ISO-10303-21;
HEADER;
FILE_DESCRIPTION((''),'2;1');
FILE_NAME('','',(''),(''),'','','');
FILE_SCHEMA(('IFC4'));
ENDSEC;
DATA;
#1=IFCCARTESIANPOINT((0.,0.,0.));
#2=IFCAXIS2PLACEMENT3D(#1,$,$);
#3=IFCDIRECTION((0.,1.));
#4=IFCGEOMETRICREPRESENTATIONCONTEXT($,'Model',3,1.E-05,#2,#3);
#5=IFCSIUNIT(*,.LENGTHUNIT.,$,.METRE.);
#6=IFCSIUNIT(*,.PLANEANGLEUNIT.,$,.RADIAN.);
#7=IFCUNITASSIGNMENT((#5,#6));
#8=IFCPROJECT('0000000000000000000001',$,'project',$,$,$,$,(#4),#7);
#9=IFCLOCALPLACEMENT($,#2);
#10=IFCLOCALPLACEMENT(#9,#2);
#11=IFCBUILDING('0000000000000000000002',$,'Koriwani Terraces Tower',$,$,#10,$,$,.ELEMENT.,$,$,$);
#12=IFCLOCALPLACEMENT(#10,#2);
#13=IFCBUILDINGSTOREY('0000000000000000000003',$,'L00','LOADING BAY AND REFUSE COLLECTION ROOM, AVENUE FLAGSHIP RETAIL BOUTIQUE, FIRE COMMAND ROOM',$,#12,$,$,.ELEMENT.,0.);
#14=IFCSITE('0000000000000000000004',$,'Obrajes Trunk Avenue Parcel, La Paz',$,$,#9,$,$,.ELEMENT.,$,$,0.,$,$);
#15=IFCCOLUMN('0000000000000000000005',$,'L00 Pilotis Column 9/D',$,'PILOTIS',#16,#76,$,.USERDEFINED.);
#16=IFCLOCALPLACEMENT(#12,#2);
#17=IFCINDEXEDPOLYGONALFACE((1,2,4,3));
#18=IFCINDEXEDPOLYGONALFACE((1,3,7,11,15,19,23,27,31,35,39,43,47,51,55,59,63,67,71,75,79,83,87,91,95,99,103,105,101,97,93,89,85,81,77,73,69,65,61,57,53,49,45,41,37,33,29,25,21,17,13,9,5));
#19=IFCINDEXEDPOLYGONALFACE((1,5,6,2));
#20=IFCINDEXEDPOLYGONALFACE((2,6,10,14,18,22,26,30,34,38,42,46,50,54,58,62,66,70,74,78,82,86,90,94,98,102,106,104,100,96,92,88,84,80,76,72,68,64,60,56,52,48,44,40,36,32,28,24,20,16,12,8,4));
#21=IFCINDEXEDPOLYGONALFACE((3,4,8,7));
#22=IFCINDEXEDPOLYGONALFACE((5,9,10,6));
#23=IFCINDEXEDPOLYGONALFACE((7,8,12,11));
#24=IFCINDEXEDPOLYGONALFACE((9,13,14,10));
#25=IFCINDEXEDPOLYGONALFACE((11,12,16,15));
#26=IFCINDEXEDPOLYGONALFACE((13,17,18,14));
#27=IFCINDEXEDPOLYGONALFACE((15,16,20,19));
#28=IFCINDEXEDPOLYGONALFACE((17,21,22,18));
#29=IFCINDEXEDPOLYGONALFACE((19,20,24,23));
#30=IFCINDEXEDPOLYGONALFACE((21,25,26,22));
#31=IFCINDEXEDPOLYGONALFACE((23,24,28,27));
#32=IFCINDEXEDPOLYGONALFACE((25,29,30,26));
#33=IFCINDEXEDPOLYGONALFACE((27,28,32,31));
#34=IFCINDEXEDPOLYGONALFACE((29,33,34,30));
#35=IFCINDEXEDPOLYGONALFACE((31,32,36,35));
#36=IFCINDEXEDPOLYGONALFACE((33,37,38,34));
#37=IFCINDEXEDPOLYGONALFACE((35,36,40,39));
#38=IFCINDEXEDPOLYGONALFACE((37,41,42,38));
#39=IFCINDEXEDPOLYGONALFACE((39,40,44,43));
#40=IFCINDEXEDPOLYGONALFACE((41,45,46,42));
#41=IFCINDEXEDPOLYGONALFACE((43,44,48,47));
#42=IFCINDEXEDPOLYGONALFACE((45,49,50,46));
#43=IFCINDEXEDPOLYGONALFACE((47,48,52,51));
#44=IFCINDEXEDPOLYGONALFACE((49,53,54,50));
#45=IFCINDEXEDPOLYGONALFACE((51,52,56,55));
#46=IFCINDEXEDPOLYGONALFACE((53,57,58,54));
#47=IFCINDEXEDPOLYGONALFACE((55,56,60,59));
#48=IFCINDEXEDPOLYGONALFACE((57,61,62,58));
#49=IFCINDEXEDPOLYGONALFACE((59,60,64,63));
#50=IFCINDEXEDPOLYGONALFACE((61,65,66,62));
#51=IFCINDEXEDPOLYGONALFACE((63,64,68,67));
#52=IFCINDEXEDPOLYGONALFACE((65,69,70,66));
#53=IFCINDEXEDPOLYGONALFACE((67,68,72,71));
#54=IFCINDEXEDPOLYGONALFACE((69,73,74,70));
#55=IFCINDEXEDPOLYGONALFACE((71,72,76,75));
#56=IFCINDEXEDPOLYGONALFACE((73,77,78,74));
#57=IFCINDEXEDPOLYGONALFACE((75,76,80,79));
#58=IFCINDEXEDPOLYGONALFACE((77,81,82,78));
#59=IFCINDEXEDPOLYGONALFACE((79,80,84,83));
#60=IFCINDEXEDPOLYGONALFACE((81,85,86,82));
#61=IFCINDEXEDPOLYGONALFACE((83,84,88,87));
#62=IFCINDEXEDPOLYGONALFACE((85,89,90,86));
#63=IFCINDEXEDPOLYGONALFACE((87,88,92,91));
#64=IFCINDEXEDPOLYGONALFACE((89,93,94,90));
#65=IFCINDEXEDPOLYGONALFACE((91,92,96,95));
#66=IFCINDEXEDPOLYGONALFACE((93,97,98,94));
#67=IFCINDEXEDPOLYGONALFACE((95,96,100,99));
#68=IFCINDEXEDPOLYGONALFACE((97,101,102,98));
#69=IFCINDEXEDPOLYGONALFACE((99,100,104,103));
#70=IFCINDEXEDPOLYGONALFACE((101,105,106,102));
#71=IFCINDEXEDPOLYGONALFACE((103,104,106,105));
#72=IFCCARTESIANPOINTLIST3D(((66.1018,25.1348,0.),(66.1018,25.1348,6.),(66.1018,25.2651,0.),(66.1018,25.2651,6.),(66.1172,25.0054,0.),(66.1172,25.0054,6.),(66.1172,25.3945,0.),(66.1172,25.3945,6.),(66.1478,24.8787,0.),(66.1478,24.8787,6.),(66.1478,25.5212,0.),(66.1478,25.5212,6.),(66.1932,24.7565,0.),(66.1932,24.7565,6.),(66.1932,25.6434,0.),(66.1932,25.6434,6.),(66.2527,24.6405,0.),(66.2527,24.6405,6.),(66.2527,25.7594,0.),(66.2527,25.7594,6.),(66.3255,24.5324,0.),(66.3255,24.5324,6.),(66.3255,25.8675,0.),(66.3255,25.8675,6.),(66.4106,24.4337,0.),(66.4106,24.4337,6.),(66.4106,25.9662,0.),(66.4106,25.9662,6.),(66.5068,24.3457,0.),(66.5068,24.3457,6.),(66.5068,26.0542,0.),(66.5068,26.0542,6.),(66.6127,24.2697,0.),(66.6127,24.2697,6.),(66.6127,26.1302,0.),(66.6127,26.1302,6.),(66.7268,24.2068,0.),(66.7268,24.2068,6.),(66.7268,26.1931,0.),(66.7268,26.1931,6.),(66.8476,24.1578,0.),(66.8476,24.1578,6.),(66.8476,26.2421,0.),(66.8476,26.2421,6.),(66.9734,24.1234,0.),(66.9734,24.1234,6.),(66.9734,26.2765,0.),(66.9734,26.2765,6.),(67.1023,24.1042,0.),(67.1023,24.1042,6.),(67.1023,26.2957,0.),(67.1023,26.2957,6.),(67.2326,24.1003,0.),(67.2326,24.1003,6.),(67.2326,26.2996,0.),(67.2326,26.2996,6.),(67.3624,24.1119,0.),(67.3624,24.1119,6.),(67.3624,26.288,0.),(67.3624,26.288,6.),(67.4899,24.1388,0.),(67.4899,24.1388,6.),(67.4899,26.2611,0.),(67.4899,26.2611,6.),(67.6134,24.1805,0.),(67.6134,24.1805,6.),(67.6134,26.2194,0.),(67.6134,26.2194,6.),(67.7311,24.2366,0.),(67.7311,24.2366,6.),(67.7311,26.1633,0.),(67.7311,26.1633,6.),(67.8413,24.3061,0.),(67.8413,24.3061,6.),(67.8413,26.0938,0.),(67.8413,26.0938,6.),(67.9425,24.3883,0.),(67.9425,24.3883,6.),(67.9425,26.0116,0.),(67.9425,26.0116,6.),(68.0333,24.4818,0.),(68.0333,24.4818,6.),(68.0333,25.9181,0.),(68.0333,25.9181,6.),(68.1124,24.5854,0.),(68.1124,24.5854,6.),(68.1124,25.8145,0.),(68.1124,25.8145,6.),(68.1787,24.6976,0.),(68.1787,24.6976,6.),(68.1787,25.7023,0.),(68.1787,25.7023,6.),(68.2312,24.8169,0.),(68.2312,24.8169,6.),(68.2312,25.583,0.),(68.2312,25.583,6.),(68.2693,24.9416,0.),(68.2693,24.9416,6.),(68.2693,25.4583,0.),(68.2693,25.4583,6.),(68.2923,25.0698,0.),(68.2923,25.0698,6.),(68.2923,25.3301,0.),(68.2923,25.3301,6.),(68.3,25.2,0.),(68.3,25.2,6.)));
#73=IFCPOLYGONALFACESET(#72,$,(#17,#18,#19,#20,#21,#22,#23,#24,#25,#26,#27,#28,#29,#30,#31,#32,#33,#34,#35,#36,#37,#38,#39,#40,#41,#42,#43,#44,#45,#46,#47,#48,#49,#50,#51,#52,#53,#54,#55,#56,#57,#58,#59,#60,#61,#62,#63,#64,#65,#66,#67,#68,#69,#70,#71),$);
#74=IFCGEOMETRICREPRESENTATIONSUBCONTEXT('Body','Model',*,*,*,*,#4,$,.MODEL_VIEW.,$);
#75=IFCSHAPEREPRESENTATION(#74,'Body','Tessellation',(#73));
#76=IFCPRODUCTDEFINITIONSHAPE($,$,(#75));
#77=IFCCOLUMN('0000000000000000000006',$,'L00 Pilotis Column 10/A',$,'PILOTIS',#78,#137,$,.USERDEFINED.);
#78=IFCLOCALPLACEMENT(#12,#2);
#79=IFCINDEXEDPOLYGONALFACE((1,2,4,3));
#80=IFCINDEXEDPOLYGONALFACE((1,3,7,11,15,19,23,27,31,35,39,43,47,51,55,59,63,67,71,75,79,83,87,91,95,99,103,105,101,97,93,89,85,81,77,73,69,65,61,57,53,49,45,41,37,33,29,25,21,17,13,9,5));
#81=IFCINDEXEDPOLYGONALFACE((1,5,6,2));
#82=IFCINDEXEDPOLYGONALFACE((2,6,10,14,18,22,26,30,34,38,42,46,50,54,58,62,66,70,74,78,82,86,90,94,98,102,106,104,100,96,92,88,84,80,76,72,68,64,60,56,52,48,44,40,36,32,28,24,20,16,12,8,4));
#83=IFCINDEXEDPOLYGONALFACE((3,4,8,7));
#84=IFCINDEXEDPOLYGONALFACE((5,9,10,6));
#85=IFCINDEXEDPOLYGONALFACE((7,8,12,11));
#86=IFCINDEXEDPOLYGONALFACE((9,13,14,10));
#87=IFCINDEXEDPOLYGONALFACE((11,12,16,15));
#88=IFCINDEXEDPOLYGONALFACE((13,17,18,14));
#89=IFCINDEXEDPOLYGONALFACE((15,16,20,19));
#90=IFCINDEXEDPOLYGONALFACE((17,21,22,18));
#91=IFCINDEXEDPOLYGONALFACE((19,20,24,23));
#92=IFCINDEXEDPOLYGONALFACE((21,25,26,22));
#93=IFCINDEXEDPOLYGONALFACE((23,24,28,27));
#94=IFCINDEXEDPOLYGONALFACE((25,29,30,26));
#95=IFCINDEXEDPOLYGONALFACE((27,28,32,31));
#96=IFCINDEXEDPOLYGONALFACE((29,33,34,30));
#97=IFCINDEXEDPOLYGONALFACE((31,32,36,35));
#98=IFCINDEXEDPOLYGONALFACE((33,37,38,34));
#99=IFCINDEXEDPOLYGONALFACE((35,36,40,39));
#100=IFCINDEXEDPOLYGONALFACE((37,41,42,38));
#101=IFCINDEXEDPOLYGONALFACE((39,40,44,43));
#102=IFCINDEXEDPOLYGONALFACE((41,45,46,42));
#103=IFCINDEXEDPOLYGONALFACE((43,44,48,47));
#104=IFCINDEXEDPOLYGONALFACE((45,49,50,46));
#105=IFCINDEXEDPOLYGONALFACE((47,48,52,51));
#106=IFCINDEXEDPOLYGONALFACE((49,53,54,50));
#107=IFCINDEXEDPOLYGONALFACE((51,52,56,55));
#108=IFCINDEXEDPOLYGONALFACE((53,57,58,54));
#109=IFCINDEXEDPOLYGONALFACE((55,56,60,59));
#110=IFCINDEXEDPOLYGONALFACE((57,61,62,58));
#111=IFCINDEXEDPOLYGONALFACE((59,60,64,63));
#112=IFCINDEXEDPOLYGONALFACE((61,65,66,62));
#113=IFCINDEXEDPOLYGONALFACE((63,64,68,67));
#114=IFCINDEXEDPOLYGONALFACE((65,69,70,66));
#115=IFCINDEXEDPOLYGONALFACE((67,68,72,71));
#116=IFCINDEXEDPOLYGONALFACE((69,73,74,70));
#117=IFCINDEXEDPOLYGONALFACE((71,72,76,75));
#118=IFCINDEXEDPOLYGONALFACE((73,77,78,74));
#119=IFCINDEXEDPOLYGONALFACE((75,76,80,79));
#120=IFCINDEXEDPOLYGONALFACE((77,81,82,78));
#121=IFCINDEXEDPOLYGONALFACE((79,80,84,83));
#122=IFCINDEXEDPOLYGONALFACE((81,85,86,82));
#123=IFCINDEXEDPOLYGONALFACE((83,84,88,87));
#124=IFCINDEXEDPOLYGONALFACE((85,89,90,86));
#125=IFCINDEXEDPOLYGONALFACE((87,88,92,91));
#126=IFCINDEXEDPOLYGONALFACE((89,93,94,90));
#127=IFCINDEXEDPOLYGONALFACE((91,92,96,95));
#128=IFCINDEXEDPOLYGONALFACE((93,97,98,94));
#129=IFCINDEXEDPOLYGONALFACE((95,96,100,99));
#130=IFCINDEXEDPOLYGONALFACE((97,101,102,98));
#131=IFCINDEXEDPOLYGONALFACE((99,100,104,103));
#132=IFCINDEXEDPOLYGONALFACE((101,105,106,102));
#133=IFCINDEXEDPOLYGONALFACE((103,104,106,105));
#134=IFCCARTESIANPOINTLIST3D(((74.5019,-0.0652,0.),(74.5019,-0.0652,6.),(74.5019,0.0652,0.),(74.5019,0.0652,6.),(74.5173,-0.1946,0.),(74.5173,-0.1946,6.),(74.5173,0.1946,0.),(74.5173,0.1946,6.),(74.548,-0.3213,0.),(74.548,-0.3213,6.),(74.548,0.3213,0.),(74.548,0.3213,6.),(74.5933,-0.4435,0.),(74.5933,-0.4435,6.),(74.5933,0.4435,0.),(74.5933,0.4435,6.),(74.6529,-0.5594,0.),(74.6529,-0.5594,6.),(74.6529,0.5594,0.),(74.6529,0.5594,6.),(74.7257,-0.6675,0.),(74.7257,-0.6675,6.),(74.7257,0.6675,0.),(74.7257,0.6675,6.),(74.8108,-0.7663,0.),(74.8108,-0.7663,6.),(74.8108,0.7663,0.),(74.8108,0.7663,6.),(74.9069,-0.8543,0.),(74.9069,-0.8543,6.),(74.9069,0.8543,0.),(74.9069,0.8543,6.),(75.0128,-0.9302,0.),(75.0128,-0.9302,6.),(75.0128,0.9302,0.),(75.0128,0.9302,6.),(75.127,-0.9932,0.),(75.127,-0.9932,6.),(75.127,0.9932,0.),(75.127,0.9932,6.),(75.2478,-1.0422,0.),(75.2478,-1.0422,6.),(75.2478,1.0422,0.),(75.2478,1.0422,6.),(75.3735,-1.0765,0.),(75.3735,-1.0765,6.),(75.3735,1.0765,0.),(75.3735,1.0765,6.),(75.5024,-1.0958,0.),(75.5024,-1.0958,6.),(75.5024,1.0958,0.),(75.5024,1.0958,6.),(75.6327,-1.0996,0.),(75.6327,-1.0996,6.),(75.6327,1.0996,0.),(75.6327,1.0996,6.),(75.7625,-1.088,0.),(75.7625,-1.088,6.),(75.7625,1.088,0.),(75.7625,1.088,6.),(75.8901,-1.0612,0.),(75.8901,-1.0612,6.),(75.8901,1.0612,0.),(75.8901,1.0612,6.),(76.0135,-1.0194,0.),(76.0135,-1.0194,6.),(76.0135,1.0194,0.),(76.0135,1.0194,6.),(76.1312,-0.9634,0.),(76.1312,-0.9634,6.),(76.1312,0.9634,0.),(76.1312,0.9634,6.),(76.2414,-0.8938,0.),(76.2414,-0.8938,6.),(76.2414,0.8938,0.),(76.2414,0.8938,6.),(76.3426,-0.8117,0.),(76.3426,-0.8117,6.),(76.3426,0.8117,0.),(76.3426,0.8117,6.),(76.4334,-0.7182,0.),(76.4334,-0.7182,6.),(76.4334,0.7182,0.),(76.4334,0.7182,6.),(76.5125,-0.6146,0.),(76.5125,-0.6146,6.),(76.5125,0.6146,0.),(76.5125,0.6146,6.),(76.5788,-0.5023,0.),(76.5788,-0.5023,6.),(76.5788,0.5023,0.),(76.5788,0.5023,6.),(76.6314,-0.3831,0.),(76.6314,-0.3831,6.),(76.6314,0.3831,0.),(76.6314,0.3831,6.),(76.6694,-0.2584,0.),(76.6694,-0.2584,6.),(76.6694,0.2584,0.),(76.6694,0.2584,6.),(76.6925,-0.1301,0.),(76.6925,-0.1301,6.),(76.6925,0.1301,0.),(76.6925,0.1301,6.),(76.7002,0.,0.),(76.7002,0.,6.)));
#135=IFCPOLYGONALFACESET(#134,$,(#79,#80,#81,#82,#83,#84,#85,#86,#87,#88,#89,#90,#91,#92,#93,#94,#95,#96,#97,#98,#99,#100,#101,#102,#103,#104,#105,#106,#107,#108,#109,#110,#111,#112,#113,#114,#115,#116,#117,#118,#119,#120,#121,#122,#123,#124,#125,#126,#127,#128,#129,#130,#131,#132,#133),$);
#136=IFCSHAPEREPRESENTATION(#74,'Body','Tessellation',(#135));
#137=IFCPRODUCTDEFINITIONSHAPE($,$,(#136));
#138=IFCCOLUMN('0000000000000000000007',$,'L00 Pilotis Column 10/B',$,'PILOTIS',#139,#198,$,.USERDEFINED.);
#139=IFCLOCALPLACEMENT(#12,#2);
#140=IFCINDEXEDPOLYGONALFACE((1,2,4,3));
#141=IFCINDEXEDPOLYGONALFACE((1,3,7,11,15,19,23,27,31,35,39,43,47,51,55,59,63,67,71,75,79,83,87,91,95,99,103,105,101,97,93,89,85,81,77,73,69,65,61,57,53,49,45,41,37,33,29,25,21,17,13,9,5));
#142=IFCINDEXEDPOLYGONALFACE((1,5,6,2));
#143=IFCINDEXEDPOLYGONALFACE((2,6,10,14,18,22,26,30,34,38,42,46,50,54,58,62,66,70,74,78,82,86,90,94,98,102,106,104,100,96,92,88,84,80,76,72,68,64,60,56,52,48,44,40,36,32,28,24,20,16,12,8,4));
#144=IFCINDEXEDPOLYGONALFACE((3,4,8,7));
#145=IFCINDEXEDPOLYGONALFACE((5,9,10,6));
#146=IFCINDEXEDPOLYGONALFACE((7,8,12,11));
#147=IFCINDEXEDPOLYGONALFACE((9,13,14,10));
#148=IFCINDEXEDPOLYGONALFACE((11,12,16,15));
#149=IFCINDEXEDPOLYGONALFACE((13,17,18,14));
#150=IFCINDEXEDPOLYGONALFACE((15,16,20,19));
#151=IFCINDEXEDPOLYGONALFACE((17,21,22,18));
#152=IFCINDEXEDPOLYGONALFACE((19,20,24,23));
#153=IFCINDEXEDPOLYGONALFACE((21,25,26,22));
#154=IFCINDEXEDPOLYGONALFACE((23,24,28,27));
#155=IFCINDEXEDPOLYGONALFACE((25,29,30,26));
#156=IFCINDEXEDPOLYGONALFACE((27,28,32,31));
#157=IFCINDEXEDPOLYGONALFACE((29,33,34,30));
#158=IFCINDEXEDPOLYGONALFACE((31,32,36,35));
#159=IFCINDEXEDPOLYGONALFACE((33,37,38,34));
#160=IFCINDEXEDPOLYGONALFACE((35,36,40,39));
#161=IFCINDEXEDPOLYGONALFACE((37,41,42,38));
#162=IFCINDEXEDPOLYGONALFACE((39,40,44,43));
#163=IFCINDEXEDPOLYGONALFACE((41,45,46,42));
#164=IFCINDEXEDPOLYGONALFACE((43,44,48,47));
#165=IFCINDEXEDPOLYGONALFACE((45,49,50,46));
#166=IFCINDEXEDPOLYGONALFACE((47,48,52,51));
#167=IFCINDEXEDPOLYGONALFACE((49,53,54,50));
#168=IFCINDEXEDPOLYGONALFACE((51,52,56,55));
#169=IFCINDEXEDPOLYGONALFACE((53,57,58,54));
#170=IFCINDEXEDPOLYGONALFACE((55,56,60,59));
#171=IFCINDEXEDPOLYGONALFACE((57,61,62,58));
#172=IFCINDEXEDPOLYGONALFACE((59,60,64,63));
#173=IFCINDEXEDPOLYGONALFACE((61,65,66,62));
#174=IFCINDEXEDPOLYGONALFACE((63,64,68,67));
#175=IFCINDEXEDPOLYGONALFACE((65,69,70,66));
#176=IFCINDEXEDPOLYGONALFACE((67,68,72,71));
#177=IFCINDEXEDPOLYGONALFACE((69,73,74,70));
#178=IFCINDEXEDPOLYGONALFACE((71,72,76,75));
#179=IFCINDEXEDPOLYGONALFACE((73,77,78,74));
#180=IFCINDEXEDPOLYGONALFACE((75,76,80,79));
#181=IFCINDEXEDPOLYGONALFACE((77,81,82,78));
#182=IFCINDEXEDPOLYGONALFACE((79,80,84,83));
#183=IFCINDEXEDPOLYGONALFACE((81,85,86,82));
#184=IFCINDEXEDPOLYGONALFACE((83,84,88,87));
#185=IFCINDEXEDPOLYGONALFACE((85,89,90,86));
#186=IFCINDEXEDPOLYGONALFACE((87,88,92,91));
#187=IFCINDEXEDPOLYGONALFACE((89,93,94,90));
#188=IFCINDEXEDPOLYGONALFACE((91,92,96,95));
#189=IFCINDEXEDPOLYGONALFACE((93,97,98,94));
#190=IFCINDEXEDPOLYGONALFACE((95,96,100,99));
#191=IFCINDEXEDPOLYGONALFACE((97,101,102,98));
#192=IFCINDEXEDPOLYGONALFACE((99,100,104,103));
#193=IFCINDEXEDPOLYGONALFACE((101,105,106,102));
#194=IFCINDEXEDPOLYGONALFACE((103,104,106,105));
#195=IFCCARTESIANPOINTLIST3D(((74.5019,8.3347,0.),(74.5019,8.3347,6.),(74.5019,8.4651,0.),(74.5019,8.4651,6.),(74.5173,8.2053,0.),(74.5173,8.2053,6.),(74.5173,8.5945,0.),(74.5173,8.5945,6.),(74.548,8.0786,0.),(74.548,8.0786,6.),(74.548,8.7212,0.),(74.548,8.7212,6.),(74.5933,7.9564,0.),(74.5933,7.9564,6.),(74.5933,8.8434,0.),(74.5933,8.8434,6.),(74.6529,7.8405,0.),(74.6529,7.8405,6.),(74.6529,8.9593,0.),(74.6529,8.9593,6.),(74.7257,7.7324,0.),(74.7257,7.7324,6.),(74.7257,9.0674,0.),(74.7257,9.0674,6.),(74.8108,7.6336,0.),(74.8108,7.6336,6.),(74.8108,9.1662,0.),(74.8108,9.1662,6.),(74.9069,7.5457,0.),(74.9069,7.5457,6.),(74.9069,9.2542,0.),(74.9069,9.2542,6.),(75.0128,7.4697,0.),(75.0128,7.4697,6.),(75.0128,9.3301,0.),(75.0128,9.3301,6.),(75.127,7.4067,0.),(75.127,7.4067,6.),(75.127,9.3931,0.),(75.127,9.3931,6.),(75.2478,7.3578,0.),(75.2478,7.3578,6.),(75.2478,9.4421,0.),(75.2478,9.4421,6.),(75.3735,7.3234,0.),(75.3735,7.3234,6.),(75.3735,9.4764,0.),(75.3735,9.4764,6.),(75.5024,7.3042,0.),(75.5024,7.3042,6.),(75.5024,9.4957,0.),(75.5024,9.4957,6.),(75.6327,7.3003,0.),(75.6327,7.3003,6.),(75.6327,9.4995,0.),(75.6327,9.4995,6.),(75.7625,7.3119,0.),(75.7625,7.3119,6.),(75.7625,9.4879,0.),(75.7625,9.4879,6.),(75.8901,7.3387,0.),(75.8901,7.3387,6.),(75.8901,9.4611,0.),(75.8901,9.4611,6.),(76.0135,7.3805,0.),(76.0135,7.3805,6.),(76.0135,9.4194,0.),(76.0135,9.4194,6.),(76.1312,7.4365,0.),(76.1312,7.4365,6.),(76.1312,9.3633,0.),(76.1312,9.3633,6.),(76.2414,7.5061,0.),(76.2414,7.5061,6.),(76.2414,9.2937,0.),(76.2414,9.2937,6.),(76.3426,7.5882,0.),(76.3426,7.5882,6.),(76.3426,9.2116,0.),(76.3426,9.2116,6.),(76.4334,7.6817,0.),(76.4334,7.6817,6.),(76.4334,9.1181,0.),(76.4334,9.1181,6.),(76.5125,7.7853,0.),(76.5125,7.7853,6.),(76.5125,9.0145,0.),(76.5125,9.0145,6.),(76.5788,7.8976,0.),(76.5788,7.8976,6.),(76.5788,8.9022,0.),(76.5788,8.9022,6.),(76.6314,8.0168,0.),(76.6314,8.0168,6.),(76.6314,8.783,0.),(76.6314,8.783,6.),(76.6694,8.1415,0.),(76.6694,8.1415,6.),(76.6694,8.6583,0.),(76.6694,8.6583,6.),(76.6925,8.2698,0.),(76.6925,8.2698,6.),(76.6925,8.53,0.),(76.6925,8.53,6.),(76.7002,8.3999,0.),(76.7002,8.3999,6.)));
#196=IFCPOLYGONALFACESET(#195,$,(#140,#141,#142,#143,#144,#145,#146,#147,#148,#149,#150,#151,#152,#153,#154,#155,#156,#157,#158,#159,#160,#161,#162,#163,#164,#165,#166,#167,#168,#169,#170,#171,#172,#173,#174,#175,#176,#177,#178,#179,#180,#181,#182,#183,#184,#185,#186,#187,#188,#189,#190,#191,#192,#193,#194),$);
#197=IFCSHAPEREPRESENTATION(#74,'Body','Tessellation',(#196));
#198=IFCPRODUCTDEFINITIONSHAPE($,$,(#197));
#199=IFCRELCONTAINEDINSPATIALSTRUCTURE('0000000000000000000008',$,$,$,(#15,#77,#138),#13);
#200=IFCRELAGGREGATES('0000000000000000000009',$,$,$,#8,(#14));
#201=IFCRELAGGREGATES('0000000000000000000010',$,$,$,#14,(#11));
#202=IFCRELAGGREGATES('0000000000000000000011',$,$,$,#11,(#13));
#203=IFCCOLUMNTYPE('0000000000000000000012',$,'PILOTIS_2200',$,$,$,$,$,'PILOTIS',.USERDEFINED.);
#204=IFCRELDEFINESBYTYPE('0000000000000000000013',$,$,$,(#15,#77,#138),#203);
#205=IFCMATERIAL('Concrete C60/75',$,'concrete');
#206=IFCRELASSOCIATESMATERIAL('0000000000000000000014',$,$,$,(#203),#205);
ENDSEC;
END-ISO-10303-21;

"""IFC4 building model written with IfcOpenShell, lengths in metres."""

from ifc_helpers import new_model, si_unit, direction, frame, origin, origin_2d, place, context, subcontext, project, spatial, circle, extrude, material, material_profile, profile_set, type_object, element, save


model = new_model("IFC4")

# Units and contexts
model_context = context("Model", 3, precision=1e-05, world=origin(), true_north=direction((0.0, 1.0)))
body_context = subcontext(model_context, "Body", "Model", "MODEL_VIEW")
ifc_project = project(units=[si_unit("LENGTHUNIT", "METRE"), si_unit("PLANEANGLEUNIT", "RADIAN")], contexts=[model_context])

# Site, building, storey
site_placement = place(None, origin())
site = spatial("IfcSite", under=ifc_project, at=site_placement, Name="Obrajes Trunk Avenue Parcel, La Paz", CompositionType="ELEMENT", RefElevation=0.0)
building_placement = place(site_placement, origin())
building = spatial("IfcBuilding", under=site, at=building_placement, Name="Koriwani Terraces Tower", CompositionType="ELEMENT")
storey_placement = place(building_placement, origin())
storey = spatial("IfcBuildingStorey", under=building, at=storey_placement, Name="L00", Description="LOADING BAY AND REFUSE COLLECTION ROOM, AVENUE FLAGSHIP RETAIL BOUTIQUE, FIRE COMMAND ROOM", CompositionType="ELEMENT", Elevation=0.0)

# Columns
ifc_material_1 = material(Name="Concrete C60/75", Category="concrete")
ifc_material_profile_1 = material_profile(ifc_material_1, circle(Radius=1.1001, at=origin_2d()), Name="Concrete C60/75", Category="LoadBearing")
ifc_profile_set_1 = profile_set([ifc_material_profile_1], Name="Concrete C60/75")
column_type_1 = type_object("IfcColumnType", Name="PILOTIS_2200", ElementType="PILOTIS", PredefinedType="USERDEFINED", material=ifc_profile_set_1)
for number, where, z_axis, x_axis, name in (
    (1, (67.2, 25.2, 0.0), (0.0, 0.0, 1.0), (1.0, 0.0, 0.0), "L00 Pilotis Column 9/D"),
    (2, (75.6001, 0.0, 0.0), (0.0, 0.0, 1.0), (1.0, 0.0, 0.0), "L00 Pilotis Column 10/A"),
    (3, (75.6001, 8.3999, 0.0), (0.0, 0.0, 1.0), (1.0, 0.0, 0.0), "L00 Pilotis Column 10/B"),
):
    element("IfcColumn", number, at=place(storey_placement, frame(where, z_axis=z_axis, x_axis=x_axis)), inside=storey, type_object=column_type_1, Name=name, ObjectType="PILOTIS", PredefinedType="USERDEFINED", context=body_context, shape_type="SweptSolid", body=[
        extrude(circle(Radius=1.1001, at=origin_2d()), origin(), (0.0, 0.0, 1.0), 6.0),
    ])

save(model, "model.ifc")
